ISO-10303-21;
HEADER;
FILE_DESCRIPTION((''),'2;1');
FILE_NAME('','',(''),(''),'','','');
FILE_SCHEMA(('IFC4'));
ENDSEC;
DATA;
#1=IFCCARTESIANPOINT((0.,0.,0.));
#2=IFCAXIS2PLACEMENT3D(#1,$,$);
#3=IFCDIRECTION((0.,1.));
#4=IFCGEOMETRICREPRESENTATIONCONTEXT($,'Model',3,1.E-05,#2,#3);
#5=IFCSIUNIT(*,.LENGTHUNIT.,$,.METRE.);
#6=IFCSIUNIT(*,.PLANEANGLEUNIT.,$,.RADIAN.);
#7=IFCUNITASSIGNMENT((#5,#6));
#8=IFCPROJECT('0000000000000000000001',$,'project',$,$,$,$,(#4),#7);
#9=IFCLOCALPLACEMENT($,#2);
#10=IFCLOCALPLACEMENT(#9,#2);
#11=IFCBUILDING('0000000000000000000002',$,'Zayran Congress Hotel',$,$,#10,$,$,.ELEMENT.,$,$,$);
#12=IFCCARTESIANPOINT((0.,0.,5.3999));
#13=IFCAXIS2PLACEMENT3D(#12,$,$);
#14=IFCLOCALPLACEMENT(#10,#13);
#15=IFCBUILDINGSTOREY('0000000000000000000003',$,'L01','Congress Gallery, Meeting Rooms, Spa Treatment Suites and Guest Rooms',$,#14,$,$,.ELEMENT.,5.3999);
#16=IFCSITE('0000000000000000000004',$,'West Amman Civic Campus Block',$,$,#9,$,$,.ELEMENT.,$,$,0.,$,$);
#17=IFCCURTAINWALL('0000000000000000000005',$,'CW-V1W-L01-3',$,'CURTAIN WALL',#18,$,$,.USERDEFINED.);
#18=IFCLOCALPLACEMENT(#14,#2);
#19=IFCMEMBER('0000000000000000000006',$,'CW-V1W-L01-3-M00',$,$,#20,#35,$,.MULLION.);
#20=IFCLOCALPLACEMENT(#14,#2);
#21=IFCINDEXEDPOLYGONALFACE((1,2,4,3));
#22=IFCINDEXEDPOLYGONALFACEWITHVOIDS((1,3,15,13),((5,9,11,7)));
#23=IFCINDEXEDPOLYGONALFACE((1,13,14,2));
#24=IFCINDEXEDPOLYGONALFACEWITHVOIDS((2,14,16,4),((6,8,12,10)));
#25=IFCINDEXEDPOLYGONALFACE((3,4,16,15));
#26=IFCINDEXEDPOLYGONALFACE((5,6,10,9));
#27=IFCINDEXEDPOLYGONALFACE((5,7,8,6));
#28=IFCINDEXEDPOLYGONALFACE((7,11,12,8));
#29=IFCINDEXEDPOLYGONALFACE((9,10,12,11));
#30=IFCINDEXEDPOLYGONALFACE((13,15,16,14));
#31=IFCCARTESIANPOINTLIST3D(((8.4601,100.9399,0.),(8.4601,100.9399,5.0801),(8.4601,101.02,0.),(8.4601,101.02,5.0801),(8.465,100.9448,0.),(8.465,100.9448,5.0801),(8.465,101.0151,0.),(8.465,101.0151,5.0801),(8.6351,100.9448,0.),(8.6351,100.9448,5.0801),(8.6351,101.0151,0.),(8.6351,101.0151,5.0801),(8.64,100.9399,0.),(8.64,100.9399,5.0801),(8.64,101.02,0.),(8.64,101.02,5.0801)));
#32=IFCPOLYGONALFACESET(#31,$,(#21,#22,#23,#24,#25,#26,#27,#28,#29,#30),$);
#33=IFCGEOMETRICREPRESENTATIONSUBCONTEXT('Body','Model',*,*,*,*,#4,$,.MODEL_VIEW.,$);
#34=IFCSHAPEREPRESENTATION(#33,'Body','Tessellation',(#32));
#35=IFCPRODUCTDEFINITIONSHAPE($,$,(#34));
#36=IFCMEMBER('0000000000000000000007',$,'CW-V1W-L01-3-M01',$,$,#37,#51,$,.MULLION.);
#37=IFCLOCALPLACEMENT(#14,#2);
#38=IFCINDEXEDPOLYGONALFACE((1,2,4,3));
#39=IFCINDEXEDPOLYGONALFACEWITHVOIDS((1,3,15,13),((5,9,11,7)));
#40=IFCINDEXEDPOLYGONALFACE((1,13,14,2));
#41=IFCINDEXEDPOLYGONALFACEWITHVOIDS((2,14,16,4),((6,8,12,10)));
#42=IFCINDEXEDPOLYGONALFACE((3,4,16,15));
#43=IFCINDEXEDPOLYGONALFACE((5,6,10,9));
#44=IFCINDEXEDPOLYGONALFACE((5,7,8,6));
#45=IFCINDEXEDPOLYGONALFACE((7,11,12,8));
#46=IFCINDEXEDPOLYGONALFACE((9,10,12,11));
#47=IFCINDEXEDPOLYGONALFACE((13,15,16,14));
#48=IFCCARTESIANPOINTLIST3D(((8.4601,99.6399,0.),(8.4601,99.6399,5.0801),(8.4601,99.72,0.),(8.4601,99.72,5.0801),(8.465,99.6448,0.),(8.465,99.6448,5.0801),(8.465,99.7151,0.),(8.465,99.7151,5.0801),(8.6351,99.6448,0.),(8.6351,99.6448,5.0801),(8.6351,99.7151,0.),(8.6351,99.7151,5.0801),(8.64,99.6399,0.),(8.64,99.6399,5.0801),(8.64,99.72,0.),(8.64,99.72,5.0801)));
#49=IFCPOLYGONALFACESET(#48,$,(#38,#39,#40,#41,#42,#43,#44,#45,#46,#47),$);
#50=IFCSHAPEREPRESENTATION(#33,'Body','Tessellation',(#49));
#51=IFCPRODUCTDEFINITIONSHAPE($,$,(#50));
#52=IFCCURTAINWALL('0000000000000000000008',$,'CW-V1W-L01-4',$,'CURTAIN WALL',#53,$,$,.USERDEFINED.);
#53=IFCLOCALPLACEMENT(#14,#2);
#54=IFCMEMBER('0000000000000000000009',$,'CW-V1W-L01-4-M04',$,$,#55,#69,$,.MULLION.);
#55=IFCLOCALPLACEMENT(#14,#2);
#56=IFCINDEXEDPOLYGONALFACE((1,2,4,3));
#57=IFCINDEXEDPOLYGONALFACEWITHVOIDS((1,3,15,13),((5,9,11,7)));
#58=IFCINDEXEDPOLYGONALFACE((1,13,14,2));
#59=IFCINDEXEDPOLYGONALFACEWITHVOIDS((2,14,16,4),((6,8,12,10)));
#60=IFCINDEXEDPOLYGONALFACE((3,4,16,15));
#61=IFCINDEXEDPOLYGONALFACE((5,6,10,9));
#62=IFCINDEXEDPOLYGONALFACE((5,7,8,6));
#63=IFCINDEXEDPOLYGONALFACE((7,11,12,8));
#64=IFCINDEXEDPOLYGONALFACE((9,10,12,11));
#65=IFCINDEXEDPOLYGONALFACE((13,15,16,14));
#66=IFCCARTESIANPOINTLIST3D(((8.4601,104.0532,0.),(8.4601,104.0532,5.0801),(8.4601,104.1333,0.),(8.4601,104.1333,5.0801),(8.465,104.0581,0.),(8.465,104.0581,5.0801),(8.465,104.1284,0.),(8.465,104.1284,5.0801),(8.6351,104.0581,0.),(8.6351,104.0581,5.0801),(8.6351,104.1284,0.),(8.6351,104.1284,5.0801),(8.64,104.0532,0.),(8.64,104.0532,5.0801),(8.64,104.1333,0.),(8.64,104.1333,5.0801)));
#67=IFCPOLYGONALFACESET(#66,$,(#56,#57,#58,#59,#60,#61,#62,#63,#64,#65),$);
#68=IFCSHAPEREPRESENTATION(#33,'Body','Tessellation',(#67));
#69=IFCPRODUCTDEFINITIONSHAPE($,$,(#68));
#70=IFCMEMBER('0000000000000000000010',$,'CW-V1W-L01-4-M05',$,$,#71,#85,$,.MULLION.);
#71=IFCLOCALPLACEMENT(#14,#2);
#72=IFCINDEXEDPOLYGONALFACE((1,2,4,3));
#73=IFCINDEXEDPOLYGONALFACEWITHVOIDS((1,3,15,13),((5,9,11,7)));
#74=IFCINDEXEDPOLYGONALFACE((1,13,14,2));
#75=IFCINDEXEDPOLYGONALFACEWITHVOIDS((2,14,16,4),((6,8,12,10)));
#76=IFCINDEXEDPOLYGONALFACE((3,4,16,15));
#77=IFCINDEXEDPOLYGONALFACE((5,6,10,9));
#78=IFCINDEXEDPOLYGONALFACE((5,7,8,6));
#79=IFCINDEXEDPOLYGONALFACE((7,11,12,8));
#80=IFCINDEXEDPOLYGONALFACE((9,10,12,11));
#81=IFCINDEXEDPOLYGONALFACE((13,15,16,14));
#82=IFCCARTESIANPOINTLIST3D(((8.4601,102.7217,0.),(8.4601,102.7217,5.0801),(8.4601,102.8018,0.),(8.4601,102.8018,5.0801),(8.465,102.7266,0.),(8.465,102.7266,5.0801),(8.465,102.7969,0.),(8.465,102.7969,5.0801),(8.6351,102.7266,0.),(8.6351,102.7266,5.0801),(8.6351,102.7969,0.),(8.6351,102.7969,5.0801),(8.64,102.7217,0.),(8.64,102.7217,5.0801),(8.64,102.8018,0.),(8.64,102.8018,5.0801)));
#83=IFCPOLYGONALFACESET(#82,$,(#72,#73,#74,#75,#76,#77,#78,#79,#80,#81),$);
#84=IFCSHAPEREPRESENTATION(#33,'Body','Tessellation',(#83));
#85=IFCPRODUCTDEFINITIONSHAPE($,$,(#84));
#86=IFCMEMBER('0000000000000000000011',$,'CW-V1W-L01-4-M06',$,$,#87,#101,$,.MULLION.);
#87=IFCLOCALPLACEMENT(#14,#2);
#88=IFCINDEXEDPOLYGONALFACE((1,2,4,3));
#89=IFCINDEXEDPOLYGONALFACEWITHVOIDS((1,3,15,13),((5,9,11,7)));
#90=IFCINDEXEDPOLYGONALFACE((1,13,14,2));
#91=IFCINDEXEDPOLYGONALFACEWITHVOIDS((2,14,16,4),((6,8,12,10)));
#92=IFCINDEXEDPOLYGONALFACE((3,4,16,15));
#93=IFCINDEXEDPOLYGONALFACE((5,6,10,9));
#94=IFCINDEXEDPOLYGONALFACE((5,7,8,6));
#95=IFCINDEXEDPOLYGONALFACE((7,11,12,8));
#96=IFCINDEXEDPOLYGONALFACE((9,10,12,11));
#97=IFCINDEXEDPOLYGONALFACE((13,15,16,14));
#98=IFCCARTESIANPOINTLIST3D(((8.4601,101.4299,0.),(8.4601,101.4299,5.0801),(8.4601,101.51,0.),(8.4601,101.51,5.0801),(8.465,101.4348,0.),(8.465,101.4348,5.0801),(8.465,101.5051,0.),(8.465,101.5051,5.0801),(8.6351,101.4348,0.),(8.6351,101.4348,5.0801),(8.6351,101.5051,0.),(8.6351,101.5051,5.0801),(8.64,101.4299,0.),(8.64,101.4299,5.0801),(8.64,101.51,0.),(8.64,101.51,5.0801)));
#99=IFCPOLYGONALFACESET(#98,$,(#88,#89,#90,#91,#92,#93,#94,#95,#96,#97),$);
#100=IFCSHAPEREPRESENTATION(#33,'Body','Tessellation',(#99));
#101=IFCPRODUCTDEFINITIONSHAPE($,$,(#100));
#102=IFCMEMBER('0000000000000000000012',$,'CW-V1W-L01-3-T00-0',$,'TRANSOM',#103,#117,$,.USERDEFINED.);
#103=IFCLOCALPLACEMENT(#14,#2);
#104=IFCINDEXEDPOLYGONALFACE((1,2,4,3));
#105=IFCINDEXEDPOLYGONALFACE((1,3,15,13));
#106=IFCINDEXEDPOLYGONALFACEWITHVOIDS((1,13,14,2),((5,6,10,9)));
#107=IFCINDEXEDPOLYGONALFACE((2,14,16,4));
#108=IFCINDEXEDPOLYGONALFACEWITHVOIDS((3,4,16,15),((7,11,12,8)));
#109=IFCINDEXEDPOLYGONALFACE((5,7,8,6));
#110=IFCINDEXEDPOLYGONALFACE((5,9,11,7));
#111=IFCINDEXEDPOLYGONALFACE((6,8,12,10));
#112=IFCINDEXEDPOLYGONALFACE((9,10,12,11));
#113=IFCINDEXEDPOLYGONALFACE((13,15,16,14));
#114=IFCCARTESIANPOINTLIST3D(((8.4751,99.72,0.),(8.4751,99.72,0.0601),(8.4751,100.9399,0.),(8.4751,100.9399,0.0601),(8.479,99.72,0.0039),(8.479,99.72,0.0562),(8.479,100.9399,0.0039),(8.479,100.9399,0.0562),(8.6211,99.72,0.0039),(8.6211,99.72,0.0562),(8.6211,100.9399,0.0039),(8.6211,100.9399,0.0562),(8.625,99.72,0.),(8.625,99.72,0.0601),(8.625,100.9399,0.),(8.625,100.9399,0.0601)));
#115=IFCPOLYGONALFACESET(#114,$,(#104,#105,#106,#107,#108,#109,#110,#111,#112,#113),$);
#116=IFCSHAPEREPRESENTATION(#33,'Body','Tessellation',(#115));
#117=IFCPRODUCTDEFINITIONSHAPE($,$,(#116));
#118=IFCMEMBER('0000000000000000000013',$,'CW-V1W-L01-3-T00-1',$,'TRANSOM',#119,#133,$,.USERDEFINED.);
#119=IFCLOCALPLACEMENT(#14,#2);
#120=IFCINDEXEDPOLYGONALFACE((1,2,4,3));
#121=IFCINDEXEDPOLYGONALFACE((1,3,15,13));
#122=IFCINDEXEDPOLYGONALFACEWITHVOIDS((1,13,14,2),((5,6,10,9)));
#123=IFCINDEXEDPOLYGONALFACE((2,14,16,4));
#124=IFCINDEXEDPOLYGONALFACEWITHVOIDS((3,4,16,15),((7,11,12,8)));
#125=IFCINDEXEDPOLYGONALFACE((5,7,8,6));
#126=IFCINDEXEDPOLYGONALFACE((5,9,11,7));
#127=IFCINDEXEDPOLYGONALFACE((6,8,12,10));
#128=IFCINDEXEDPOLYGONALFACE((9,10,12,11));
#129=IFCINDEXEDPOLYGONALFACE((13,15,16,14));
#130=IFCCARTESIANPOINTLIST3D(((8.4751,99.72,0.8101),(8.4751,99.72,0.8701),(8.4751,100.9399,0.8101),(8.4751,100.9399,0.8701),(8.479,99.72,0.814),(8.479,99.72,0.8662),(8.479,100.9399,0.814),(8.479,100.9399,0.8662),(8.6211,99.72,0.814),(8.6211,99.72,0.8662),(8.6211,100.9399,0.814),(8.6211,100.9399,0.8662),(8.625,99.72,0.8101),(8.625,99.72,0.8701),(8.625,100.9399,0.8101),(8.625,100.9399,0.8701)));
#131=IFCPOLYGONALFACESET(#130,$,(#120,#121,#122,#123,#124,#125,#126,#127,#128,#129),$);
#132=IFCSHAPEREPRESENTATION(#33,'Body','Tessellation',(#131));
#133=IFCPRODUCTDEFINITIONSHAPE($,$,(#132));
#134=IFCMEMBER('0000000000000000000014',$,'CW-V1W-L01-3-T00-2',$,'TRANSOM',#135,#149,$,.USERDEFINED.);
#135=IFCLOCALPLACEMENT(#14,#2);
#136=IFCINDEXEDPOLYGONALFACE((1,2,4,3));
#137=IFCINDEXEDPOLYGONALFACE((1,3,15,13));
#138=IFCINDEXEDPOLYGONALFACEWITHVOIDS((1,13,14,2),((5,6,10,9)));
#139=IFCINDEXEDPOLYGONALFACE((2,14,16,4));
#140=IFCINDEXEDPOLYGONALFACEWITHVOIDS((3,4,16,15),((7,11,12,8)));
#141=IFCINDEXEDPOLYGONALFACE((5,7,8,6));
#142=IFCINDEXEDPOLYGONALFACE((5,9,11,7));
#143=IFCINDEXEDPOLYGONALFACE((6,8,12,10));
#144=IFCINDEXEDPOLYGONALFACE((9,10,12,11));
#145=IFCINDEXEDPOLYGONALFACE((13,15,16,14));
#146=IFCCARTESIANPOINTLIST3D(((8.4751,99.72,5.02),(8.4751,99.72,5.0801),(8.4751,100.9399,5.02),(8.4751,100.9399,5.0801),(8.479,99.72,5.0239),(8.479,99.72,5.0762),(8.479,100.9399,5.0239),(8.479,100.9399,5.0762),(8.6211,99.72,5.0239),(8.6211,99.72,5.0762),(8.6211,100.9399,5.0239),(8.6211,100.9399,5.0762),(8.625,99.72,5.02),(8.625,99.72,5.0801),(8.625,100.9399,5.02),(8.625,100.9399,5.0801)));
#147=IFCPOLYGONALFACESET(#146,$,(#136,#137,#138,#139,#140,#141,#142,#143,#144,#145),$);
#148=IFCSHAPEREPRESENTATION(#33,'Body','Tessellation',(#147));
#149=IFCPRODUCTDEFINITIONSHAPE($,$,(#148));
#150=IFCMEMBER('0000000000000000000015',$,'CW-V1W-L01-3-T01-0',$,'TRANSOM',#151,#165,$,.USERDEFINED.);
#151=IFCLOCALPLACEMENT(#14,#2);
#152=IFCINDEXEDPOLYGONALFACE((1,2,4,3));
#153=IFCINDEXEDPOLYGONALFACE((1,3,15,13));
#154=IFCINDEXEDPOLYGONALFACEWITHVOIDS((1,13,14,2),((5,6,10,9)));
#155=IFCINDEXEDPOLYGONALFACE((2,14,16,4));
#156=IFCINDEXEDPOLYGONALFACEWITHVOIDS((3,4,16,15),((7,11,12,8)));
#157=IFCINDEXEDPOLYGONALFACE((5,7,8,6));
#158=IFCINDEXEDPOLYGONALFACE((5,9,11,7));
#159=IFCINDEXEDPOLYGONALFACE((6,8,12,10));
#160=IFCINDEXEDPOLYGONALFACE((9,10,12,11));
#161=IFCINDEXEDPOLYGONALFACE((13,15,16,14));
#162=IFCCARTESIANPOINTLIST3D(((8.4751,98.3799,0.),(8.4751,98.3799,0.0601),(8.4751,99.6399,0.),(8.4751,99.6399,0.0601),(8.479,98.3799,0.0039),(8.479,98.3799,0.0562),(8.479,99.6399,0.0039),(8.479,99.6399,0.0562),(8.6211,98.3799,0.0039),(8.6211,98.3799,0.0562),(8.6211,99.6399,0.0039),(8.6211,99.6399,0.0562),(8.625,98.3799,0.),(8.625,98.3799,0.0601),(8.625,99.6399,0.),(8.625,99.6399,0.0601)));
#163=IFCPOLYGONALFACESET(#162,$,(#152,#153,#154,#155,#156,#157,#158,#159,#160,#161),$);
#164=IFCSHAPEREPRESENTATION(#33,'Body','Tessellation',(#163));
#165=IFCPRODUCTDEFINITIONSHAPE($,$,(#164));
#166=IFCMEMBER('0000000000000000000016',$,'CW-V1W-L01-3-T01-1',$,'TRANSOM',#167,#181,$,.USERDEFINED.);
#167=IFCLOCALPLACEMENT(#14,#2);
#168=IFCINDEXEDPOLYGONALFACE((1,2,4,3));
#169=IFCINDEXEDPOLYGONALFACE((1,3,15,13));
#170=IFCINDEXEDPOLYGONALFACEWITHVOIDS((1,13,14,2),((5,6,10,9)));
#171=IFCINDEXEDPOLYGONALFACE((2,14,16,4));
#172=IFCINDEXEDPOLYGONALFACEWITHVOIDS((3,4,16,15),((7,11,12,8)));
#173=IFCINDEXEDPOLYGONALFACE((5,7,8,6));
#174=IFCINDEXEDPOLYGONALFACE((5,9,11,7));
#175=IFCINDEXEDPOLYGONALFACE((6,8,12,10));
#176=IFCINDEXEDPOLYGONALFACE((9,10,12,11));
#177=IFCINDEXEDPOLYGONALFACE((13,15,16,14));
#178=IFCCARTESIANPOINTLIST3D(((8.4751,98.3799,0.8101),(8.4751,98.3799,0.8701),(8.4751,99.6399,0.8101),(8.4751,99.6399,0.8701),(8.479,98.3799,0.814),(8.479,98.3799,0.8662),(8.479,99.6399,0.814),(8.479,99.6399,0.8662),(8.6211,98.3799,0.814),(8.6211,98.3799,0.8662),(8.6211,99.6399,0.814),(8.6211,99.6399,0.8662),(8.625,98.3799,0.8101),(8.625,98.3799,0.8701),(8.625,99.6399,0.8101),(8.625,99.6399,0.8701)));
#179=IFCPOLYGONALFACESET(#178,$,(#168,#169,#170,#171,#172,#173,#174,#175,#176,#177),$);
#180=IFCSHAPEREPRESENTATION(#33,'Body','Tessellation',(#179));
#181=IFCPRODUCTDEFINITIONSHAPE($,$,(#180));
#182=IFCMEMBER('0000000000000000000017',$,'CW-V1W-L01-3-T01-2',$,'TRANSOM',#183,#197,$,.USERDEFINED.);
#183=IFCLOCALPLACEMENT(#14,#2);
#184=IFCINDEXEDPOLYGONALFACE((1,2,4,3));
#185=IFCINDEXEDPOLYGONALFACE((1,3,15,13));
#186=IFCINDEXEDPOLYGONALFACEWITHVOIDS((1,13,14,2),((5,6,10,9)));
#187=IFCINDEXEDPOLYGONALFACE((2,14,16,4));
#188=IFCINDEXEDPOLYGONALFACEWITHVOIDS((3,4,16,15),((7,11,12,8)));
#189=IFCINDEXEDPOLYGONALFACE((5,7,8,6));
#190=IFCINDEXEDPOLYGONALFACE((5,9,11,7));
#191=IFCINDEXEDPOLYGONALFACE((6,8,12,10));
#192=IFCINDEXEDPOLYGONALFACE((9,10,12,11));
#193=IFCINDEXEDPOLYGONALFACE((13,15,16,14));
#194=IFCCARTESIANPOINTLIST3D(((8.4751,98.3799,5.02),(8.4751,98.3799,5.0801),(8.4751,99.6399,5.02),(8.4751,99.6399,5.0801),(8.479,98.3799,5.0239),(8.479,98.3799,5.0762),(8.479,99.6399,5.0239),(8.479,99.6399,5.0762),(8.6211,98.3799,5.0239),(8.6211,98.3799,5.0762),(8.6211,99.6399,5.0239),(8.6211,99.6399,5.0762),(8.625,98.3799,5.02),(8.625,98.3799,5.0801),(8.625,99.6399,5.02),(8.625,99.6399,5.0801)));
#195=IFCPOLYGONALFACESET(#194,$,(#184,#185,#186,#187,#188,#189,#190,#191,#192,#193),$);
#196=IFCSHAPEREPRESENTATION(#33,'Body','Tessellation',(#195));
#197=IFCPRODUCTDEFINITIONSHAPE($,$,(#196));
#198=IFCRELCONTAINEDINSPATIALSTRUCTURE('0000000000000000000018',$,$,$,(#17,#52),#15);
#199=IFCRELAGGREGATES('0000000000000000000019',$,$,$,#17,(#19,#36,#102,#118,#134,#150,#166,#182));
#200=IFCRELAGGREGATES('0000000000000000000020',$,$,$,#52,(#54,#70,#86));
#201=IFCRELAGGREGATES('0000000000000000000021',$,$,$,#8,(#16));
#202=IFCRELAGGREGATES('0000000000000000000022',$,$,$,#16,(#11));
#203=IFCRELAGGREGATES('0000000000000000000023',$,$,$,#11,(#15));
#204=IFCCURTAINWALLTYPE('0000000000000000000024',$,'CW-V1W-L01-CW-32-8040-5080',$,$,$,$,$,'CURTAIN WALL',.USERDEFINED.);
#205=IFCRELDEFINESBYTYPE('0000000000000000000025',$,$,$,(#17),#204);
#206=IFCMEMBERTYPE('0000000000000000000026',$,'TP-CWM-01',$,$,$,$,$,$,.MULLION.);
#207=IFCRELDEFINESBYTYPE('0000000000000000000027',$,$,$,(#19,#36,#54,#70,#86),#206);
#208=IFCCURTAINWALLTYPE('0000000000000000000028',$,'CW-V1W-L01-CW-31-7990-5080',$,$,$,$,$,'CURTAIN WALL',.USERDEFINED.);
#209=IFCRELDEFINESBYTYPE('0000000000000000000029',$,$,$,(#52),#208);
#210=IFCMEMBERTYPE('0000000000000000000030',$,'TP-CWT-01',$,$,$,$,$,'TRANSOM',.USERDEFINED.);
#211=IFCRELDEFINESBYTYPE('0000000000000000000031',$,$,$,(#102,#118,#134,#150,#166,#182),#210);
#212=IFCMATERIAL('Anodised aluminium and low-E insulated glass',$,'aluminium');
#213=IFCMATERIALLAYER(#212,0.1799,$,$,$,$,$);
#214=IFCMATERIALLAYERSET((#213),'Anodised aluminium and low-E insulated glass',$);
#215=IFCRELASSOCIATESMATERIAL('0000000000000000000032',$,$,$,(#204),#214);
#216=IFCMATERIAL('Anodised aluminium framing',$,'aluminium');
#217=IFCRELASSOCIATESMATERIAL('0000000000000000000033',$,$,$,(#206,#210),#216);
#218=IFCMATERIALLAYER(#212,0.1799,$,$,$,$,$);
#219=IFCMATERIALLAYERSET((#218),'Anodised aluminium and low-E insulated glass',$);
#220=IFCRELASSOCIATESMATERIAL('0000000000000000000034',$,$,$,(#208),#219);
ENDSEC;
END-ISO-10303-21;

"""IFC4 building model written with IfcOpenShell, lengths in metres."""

from ifc_helpers import new_model, si_unit, direction, frame, origin, origin_2d, place, context, subcontext, project, spatial, hollow_rectangle, extrude, material, layer, layer_set, material_profile, profile_set, type_object, element, aggregate, save


model = new_model("IFC4")

# Units and contexts
model_context = context("Model", 3, precision=1e-05, world=origin(), true_north=direction((0.0, 1.0)))
body_context = subcontext(model_context, "Body", "Model", "MODEL_VIEW")
ifc_project = project(units=[si_unit("LENGTHUNIT", "METRE"), si_unit("PLANEANGLEUNIT", "RADIAN")], contexts=[model_context])

# Site, building, storey
site_placement = place(None, origin())
site = spatial("IfcSite", under=ifc_project, at=site_placement, Name="West Amman Civic Campus Block", CompositionType="ELEMENT", RefElevation=0.0)
building_placement = place(site_placement, origin())
building = spatial("IfcBuilding", under=site, at=building_placement, Name="Zayran Congress Hotel", CompositionType="ELEMENT")
storey_placement = place(building_placement, frame((0.0, 0.0, 5.3999)))
storey = spatial("IfcBuildingStorey", under=building, at=storey_placement, Name="L01", Description="Congress Gallery, Meeting Rooms, Spa Treatment Suites and Guest Rooms", CompositionType="ELEMENT", Elevation=5.3999)

# Curtain walls, members
ifc_material_1 = material(Name="Anodised aluminium and low-E insulated glass", Category="aluminium")
ifc_layer_1 = layer(ifc_material_1, 0.1799)
ifc_layer_set_1 = layer_set([ifc_layer_1], Name="Anodised aluminium and low-E insulated glass")
curtain_wall_type_1 = type_object("IfcCurtainWallType", Name="CW-V1W-L01-CW-32-8040-5080", ElementType="CURTAIN WALL", PredefinedType="USERDEFINED", material=ifc_layer_set_1)
curtain_wall_1_placement = place(storey_placement, origin())
curtain_wall_1 = element("IfcCurtainWall", 1, at=curtain_wall_1_placement, inside=storey, type_object=curtain_wall_type_1, Name="CW-V1W-L01-3", ObjectType="CURTAIN WALL", PredefinedType="USERDEFINED")
ifc_material_2 = material(Name="Anodised aluminium framing", Category="aluminium")
ifc_material_profile_1 = material_profile(ifc_material_2, hollow_rectangle(XDim=0.0801, YDim=0.1799, WallThickness=0.0049, at=origin_2d()), Name="RHS 180x80x5")
ifc_profile_set_1 = profile_set([ifc_material_profile_1], Name="Anodised aluminium framing")
member_type_1 = type_object("IfcMemberType", Name="TP-CWM-01", PredefinedType="MULLION", material=ifc_profile_set_1)
member_1_placement = place(storey_placement, frame((8.55, 100.98, 0.0), z_axis=(0.0, 0.0, 1.0), x_axis=(0.0, 1.0, 0.0)))
member_1 = element("IfcMember", 2, at=member_1_placement, type_object=member_type_1, Name="CW-V1W-L01-3-M00", PredefinedType="MULLION", context=body_context, shape_type="SweptSolid", body=[
    extrude(hollow_rectangle(XDim=0.0801, YDim=0.1799, WallThickness=0.0049, at=origin_2d()), origin(), (0.0, 0.0, 1.0), 5.0801),
])
member_2_placement = place(storey_placement, frame((8.55, 99.6799, 0.0), z_axis=(0.0, 0.0, 1.0), x_axis=(0.0, 1.0, 0.0)))
member_2 = element("IfcMember", 3, at=member_2_placement, type_object=member_type_1, Name="CW-V1W-L01-3-M01", PredefinedType="MULLION", context=body_context, shape_type="SweptSolid", body=[
    extrude(hollow_rectangle(XDim=0.0801, YDim=0.1799, WallThickness=0.0049, at=origin_2d()), origin(), (0.0, 0.0, 1.0), 5.0801),
])
ifc_layer_2 = layer(ifc_material_1, 0.1799)
ifc_layer_set_2 = layer_set([ifc_layer_2], Name="Anodised aluminium and low-E insulated glass")
curtain_wall_type_2 = type_object("IfcCurtainWallType", Name="CW-V1W-L01-CW-31-7990-5080", ElementType="CURTAIN WALL", PredefinedType="USERDEFINED", material=ifc_layer_set_2)
curtain_wall_2_placement = place(storey_placement, origin())
curtain_wall_2 = element("IfcCurtainWall", 4, at=curtain_wall_2_placement, inside=storey, type_object=curtain_wall_type_2, Name="CW-V1W-L01-4", ObjectType="CURTAIN WALL", PredefinedType="USERDEFINED")
member_3_placement = place(storey_placement, frame((8.55, 104.0933, 0.0), z_axis=(0.0, 0.0, 1.0), x_axis=(0.0, 1.0, 0.0)))
member_3 = element("IfcMember", 5, at=member_3_placement, type_object=member_type_1, Name="CW-V1W-L01-4-M04", PredefinedType="MULLION", context=body_context, shape_type="SweptSolid", body=[
    extrude(hollow_rectangle(XDim=0.0801, YDim=0.1799, WallThickness=0.0049, at=origin_2d()), origin(), (0.0, 0.0, 1.0), 5.0801),
])
member_4_placement = place(storey_placement, frame((8.55, 102.7617, 0.0), z_axis=(0.0, 0.0, 1.0), x_axis=(0.0, 1.0, 0.0)))
member_4 = element("IfcMember", 6, at=member_4_placement, type_object=member_type_1, Name="CW-V1W-L01-4-M05", PredefinedType="MULLION", context=body_context, shape_type="SweptSolid", body=[
    extrude(hollow_rectangle(XDim=0.0801, YDim=0.1799, WallThickness=0.0049, at=origin_2d()), origin(), (0.0, 0.0, 1.0), 5.0801),
])
member_5_placement = place(storey_placement, frame((8.55, 101.47, 0.0), z_axis=(0.0, 0.0, 1.0), x_axis=(0.0, 1.0, 0.0)))
member_5 = element("IfcMember", 7, at=member_5_placement, type_object=member_type_1, Name="CW-V1W-L01-4-M06", PredefinedType="MULLION", context=body_context, shape_type="SweptSolid", body=[
    extrude(hollow_rectangle(XDim=0.0801, YDim=0.1799, WallThickness=0.0049, at=origin_2d()), origin(), (0.0, 0.0, 1.0), 5.0801),
])

# Members
ifc_material_profile_2 = material_profile(ifc_material_2, hollow_rectangle(XDim=0.0601, YDim=0.1499, WallThickness=0.0039, at=origin_2d()), Name="RHS 150x60x4")
ifc_profile_set_2 = profile_set([ifc_material_profile_2], Name="Anodised aluminium framing")
member_type_2 = type_object("IfcMemberType", Name="TP-CWT-01", ElementType="TRANSOM", PredefinedType="USERDEFINED", material=ifc_profile_set_2)
member_6_placement = place(storey_placement, frame((8.55, 100.9399, 0.03), z_axis=(0.0, -1.0, 0.0), x_axis=(0.0, 0.0, 1.0)))
member_6 = element("IfcMember", 8, at=member_6_placement, type_object=member_type_2, Name="CW-V1W-L01-3-T00-0", ObjectType="TRANSOM", PredefinedType="USERDEFINED", context=body_context, shape_type="SweptSolid", body=[
    extrude(hollow_rectangle(XDim=0.0601, YDim=0.1499, WallThickness=0.0039, at=origin_2d()), origin(), (0.0, 0.0, 1.0), 1.22),
])
member_7_placement = place(storey_placement, frame((8.55, 100.9399, 0.8401), z_axis=(0.0, -1.0, 0.0), x_axis=(0.0, 0.0, 1.0)))
member_7 = element("IfcMember", 9, at=member_7_placement, type_object=member_type_2, Name="CW-V1W-L01-3-T00-1", ObjectType="TRANSOM", PredefinedType="USERDEFINED", context=body_context, shape_type="SweptSolid", body=[
    extrude(hollow_rectangle(XDim=0.0601, YDim=0.1499, WallThickness=0.0039, at=origin_2d()), origin(), (0.0, 0.0, 1.0), 1.22),
])
member_8_placement = place(storey_placement, frame((8.55, 100.9399, 5.05), z_axis=(0.0, -1.0, 0.0), x_axis=(0.0, 0.0, 1.0)))
member_8 = element("IfcMember", 10, at=member_8_placement, type_object=member_type_2, Name="CW-V1W-L01-3-T00-2", ObjectType="TRANSOM", PredefinedType="USERDEFINED", context=body_context, shape_type="SweptSolid", body=[
    extrude(hollow_rectangle(XDim=0.0601, YDim=0.1499, WallThickness=0.0039, at=origin_2d()), origin(), (0.0, 0.0, 1.0), 1.22),
])
member_9_placement = place(storey_placement, frame((8.55, 99.6399, 0.03), z_axis=(0.0, -1.0, 0.0), x_axis=(0.0, 0.0, 1.0)))
member_9 = element("IfcMember", 11, at=member_9_placement, type_object=member_type_2, Name="CW-V1W-L01-3-T01-0", ObjectType="TRANSOM", PredefinedType="USERDEFINED", context=body_context, shape_type="SweptSolid", body=[
    extrude(hollow_rectangle(XDim=0.0601, YDim=0.1499, WallThickness=0.0039, at=origin_2d()), origin(), (0.0, 0.0, 1.0), 1.26),
])
member_10_placement = place(storey_placement, frame((8.55, 99.6399, 0.8401), z_axis=(0.0, -1.0, 0.0), x_axis=(0.0, 0.0, 1.0)))
member_10 = element("IfcMember", 12, at=member_10_placement, type_object=member_type_2, Name="CW-V1W-L01-3-T01-1", ObjectType="TRANSOM", PredefinedType="USERDEFINED", context=body_context, shape_type="SweptSolid", body=[
    extrude(hollow_rectangle(XDim=0.0601, YDim=0.1499, WallThickness=0.0039, at=origin_2d()), origin(), (0.0, 0.0, 1.0), 1.26),
])
member_11_placement = place(storey_placement, frame((8.55, 99.6399, 5.05), z_axis=(0.0, -1.0, 0.0), x_axis=(0.0, 0.0, 1.0)))
member_11 = element("IfcMember", 13, at=member_11_placement, type_object=member_type_2, Name="CW-V1W-L01-3-T01-2", ObjectType="TRANSOM", PredefinedType="USERDEFINED", context=body_context, shape_type="SweptSolid", body=[
    extrude(hollow_rectangle(XDim=0.0601, YDim=0.1499, WallThickness=0.0039, at=origin_2d()), origin(), (0.0, 0.0, 1.0), 1.26),
])

aggregate(curtain_wall_1, [member_1, member_2, member_6, member_7, member_8, member_9, member_10, member_11])
aggregate(curtain_wall_2, [member_3, member_4, member_5])

save(model, "model.ifc")
